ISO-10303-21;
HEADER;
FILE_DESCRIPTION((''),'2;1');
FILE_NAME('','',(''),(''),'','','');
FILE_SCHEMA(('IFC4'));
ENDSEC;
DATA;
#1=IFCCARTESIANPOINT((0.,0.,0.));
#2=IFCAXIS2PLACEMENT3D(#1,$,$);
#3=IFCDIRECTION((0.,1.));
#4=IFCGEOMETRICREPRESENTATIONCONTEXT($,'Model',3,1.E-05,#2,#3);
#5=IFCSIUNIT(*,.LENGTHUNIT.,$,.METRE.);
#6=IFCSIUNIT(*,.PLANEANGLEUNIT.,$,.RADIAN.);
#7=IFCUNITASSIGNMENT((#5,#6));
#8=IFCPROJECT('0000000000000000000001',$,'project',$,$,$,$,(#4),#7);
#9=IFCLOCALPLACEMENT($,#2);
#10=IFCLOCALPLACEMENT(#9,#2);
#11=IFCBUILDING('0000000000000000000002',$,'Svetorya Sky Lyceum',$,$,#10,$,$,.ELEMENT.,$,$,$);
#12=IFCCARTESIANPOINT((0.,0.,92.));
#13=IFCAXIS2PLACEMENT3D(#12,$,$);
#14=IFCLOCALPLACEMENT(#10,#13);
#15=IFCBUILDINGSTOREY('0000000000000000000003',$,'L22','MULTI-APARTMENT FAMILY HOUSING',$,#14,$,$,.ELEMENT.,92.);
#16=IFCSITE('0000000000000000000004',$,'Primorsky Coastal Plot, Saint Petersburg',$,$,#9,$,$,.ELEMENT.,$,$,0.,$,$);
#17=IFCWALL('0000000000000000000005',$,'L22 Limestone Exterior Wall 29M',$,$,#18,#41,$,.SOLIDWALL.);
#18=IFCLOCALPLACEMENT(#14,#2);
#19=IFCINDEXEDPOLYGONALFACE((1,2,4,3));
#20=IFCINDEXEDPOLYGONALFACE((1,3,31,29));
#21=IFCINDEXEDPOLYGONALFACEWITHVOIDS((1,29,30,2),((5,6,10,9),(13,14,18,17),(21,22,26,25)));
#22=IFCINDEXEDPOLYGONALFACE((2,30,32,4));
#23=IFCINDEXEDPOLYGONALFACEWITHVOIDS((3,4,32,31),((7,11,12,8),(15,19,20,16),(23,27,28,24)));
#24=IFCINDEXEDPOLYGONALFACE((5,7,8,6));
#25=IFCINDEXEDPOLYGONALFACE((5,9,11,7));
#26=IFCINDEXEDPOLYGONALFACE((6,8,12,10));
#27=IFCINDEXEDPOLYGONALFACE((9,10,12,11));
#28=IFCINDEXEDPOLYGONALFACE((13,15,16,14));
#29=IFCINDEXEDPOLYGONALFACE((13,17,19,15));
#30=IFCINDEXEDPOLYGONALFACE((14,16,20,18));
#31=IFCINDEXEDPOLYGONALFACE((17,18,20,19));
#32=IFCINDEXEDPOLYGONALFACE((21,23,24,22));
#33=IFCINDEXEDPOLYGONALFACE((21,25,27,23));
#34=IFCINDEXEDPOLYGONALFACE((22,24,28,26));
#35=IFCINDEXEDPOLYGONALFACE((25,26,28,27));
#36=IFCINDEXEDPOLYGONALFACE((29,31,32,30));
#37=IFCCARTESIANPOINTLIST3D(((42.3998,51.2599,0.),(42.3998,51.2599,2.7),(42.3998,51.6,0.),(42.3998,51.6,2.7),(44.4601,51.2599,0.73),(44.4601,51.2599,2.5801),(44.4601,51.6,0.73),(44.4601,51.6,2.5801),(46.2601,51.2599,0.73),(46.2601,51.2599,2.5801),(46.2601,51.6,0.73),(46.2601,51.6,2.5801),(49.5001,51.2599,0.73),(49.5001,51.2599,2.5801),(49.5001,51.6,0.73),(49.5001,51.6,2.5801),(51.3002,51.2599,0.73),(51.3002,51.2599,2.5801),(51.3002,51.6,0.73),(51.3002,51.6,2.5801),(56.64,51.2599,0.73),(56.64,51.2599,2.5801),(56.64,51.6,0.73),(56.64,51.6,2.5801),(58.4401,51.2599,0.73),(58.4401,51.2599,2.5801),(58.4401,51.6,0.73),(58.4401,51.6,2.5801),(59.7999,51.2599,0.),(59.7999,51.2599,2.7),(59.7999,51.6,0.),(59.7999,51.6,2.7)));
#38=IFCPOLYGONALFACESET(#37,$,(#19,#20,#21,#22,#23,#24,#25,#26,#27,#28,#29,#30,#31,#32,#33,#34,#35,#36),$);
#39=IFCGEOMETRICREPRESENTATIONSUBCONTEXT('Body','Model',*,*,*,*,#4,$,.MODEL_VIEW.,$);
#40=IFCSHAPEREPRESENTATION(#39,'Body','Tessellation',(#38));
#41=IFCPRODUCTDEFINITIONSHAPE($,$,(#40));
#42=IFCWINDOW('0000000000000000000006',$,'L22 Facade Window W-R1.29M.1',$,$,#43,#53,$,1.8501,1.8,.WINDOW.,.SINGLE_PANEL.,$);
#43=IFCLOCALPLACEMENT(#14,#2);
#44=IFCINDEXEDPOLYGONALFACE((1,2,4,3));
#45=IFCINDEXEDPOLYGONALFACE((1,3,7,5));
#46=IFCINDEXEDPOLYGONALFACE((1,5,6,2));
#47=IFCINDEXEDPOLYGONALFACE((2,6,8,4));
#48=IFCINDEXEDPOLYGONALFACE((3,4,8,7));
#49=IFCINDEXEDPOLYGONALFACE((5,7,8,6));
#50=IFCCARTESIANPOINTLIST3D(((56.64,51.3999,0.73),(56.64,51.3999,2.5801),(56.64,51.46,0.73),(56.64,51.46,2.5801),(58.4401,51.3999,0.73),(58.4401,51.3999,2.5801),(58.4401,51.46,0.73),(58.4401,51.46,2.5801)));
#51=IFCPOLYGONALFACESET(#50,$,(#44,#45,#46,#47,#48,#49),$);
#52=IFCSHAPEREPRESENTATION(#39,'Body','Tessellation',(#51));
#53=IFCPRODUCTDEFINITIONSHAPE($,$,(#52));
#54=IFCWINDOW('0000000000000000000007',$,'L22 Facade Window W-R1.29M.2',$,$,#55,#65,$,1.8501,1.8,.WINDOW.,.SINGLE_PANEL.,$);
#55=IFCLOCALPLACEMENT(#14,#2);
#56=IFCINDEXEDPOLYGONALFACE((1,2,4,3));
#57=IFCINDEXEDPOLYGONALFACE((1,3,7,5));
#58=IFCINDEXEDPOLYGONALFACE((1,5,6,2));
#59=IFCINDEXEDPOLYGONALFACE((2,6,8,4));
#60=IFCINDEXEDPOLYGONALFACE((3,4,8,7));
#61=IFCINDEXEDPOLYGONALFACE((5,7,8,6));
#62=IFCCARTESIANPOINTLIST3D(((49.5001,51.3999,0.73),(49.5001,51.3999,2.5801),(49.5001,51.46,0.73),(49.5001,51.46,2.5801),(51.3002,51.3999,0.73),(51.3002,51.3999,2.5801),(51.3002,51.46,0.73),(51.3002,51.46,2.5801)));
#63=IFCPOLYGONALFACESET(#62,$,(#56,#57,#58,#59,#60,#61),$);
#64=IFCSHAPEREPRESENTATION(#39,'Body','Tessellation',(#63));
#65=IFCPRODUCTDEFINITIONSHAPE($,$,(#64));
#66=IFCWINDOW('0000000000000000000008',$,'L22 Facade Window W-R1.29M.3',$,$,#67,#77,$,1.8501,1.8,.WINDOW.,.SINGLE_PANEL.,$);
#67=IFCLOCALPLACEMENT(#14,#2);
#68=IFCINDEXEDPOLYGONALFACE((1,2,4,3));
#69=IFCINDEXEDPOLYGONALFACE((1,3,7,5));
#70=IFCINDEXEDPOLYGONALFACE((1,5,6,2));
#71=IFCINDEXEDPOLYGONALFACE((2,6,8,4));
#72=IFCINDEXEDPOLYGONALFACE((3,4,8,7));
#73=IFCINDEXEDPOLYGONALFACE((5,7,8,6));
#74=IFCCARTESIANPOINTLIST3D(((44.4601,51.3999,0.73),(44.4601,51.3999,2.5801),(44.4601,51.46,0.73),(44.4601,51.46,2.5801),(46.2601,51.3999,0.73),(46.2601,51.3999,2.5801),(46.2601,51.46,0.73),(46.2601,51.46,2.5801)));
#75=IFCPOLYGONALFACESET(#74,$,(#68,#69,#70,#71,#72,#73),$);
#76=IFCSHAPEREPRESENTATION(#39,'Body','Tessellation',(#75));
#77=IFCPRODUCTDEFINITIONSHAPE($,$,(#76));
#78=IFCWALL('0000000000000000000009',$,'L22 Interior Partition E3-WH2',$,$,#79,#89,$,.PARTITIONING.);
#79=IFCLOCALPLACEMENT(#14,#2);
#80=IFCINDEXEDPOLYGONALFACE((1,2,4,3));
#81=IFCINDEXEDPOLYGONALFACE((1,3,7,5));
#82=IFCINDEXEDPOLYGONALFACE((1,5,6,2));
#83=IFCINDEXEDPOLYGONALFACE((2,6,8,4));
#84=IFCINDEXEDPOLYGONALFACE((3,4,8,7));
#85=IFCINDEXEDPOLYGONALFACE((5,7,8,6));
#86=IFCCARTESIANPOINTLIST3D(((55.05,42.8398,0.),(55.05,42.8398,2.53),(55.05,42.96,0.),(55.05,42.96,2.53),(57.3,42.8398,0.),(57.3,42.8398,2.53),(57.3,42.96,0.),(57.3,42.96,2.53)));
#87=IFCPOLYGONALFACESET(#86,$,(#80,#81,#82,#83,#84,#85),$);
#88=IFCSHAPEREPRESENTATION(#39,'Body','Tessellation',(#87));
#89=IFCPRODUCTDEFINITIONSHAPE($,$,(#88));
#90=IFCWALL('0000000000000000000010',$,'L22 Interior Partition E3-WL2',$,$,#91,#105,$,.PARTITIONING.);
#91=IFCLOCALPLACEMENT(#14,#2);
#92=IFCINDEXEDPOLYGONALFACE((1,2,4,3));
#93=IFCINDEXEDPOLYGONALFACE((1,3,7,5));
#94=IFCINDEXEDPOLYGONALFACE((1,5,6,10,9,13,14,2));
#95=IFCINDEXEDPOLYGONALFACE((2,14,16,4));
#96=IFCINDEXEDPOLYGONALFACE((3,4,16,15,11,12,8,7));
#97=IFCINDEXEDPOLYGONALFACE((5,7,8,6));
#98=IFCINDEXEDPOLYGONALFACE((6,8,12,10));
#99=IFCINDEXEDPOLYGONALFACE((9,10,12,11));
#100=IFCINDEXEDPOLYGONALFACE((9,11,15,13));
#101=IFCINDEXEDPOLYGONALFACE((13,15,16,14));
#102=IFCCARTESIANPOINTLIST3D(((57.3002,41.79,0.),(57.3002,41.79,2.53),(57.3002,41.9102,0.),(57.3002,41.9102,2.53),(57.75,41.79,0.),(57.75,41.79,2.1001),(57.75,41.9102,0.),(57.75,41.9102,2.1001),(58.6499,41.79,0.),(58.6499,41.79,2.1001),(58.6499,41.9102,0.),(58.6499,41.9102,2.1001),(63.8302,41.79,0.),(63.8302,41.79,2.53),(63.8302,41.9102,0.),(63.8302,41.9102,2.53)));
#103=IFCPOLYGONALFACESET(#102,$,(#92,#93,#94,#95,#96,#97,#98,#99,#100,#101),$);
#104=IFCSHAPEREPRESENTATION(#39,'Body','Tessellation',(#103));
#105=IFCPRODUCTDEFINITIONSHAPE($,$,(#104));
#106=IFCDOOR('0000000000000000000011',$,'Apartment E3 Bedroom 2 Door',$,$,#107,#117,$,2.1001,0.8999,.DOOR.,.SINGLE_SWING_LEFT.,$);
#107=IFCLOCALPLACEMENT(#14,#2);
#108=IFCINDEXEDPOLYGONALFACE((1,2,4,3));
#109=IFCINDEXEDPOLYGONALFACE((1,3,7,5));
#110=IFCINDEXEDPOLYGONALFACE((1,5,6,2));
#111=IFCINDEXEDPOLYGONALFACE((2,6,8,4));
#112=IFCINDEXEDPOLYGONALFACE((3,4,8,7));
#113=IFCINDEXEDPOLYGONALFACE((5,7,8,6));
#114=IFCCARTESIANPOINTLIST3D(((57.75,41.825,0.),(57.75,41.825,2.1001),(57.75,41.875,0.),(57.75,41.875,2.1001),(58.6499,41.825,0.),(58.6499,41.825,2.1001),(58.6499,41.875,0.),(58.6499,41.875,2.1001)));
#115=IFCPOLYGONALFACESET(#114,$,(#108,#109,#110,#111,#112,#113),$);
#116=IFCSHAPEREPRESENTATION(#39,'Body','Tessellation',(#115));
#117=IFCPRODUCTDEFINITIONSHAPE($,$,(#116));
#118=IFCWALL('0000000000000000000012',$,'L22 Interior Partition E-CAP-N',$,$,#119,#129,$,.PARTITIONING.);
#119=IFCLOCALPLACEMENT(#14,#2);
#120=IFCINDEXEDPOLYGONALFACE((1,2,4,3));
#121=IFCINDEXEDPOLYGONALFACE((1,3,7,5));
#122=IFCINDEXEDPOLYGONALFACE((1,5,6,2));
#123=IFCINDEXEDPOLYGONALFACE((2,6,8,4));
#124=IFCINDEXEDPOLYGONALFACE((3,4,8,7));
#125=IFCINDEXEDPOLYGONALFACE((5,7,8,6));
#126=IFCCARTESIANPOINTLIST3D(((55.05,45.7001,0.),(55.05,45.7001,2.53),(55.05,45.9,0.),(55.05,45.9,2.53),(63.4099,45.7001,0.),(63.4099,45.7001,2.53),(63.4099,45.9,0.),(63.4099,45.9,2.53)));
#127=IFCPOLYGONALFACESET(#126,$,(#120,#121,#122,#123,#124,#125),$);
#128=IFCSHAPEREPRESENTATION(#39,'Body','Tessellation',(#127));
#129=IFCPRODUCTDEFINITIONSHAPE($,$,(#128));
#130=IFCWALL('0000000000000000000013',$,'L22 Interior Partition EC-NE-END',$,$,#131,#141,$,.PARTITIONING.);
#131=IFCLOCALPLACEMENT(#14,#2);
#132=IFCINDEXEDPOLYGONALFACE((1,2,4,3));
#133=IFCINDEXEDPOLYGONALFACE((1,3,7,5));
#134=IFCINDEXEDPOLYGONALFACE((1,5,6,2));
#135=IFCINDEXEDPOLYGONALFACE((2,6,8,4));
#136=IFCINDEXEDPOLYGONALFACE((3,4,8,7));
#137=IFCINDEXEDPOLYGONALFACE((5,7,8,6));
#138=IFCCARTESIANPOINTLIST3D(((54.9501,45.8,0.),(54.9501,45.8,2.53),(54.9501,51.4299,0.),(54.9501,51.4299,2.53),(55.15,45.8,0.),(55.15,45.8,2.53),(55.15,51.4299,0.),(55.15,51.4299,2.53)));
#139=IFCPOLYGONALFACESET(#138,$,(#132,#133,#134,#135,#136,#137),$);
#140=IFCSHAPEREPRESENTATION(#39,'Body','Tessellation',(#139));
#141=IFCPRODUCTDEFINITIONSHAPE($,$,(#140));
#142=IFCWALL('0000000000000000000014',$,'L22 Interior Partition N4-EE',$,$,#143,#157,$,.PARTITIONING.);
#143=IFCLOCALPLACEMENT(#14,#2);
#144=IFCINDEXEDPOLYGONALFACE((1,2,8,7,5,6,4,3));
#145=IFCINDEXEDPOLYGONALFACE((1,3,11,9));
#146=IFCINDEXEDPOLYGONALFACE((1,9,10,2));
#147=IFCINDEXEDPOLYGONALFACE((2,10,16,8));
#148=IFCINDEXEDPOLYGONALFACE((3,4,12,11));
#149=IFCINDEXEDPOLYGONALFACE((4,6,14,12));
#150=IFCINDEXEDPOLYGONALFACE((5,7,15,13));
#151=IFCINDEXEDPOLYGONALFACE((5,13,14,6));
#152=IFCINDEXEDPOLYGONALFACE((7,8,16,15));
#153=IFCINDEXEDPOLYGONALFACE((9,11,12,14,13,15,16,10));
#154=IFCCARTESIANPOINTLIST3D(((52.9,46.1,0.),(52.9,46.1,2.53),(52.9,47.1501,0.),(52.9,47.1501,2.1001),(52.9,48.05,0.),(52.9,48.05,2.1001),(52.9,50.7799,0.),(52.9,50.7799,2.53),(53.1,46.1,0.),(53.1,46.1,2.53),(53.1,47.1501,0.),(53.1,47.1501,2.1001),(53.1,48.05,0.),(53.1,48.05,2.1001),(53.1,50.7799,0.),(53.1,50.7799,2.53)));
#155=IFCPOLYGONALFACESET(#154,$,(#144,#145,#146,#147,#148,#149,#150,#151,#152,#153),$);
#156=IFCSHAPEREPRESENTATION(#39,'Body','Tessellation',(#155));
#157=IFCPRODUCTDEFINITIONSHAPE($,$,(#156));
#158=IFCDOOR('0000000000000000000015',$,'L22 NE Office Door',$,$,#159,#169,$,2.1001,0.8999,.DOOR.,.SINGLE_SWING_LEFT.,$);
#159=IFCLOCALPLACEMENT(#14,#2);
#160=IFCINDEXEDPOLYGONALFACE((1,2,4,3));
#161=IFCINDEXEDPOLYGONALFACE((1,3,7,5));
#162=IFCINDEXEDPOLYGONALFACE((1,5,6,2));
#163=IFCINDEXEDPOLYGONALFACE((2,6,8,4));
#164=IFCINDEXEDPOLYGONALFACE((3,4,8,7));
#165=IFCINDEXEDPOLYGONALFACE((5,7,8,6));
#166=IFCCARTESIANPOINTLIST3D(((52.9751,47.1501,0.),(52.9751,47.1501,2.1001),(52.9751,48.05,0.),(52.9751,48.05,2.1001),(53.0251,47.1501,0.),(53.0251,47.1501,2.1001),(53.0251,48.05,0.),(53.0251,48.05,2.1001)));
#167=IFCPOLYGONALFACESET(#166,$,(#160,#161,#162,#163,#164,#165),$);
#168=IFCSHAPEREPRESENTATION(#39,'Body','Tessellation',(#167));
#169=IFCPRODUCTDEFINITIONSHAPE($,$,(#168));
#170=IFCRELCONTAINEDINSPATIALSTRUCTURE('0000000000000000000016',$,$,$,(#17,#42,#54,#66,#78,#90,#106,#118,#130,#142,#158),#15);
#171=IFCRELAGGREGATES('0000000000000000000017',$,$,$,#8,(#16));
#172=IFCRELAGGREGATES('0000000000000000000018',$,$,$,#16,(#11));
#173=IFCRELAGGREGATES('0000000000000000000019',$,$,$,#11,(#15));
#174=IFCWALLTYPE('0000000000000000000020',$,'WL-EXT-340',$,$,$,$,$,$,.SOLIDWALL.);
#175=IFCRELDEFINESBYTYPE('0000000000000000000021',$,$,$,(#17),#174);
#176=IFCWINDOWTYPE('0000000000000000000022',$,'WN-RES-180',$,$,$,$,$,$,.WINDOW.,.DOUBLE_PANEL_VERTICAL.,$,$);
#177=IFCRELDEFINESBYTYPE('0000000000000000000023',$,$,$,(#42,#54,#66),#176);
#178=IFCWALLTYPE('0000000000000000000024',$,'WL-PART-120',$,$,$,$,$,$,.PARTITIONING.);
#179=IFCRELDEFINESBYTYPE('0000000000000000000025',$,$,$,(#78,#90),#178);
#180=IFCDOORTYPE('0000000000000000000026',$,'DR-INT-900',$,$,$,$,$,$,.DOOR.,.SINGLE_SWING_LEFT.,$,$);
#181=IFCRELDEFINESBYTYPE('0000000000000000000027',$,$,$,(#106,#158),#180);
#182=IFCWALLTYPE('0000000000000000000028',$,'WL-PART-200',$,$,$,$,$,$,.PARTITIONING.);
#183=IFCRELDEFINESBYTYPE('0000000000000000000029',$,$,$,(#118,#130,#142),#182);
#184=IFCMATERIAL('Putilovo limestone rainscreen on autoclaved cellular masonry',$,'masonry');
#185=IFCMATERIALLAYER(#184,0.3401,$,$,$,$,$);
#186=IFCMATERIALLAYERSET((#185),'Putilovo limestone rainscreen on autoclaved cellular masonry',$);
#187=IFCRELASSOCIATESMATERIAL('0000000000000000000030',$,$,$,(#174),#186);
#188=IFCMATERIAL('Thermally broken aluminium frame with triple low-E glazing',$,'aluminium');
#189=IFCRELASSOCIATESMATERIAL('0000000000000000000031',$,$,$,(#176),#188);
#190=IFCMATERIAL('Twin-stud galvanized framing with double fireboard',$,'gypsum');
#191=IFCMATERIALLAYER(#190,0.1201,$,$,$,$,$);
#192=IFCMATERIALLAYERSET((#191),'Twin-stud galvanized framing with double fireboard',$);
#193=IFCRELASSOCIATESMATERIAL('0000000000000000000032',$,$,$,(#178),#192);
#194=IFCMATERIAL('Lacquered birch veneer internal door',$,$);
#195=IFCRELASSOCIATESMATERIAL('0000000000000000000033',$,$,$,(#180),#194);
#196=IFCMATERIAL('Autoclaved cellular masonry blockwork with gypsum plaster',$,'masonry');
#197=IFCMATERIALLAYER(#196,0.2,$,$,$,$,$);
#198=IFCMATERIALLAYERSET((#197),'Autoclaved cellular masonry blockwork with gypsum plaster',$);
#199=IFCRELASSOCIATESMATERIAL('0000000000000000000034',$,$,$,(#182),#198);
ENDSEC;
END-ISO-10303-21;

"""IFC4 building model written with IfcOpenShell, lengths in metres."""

from ifc_helpers import new_model, si_unit, direction, frame, frame_2d, origin, place, context, subcontext, project, spatial, rectangle, extrude, material, layer, layer_set, type_object, element, fill, save


model = new_model("IFC4")

# Units and contexts
model_context = context("Model", 3, precision=1e-05, world=origin(), true_north=direction((0.0, 1.0)))
body_context = subcontext(model_context, "Body", "Model", "MODEL_VIEW")
ifc_project = project(units=[si_unit("LENGTHUNIT", "METRE"), si_unit("PLANEANGLEUNIT", "RADIAN")], contexts=[model_context])

# Site, building, storey
site_placement = place(None, origin())
site = spatial("IfcSite", under=ifc_project, at=site_placement, Name="Primorsky Coastal Plot, Saint Petersburg", CompositionType="ELEMENT", RefElevation=0.0)
building_placement = place(site_placement, origin())
building = spatial("IfcBuilding", under=site, at=building_placement, Name="Svetorya Sky Lyceum", CompositionType="ELEMENT")
storey_placement = place(building_placement, frame((0.0, 0.0, 92.0)))
storey = spatial("IfcBuildingStorey", under=building, at=storey_placement, Name="L22", Description="MULTI-APARTMENT FAMILY HOUSING", CompositionType="ELEMENT", Elevation=92.0)

# Shared definitions
ifc_material_1 = material(Name="Putilovo limestone rainscreen on autoclaved cellular masonry", Category="masonry")
ifc_layer_1 = layer(ifc_material_1, 0.3401)
ifc_layer_set_1 = layer_set([ifc_layer_1], Name="Putilovo limestone rainscreen on autoclaved cellular masonry")
wall_type_1 = type_object("IfcWallType", Name="WL-EXT-340", PredefinedType="SOLIDWALL", material=ifc_layer_set_1)

# Wall, openings, windows
wall_1_placement = place(storey_placement, frame((59.8, 51.4299, 0.0), z_axis=(0.0, 0.0, 1.0), x_axis=(-1.0, 0.0, 0.0)))
wall_1 = element("IfcWall", 1, at=wall_1_placement, inside=storey, type_object=wall_type_1, Name="L22 Limestone Exterior Wall 29M", PredefinedType="SOLIDWALL", context=body_context, shape_type="SweptSolid", body=[
    extrude(rectangle(XDim=17.4001, YDim=0.3401, at=frame_2d((8.7002, 0.0))), origin(), (0.0, 0.0, 1.0), 2.7),
])
opening_1_placement = place(wall_1_placement, frame((1.3601, 0.0, 0.73)))
opening_1 = element("IfcOpeningElement", 2, at=opening_1_placement, cuts=wall_1, PredefinedType="OPENING", context=body_context, shape_type="SweptSolid", body=[
    extrude(rectangle(XDim=1.8, YDim=1.8501, at=frame_2d((0.8999, 0.925))), frame((0.0, 0.1799, 0.0), z_axis=(0.0, -1.0, 0.0), x_axis=(1.0, 0.0, 0.0)), (0.0, 0.0, 1.0), 0.3601),
])
opening_2_placement = place(wall_1_placement, frame((8.5, 0.0, 0.73)))
opening_2 = element("IfcOpeningElement", 3, at=opening_2_placement, cuts=wall_1, PredefinedType="OPENING", context=body_context, shape_type="SweptSolid", body=[
    extrude(rectangle(XDim=1.8, YDim=1.8501, at=frame_2d((0.8999, 0.925))), frame((0.0, 0.1799, 0.0), z_axis=(0.0, -1.0, 0.0), x_axis=(1.0, 0.0, 0.0)), (0.0, 0.0, 1.0), 0.3601),
])
opening_3_placement = place(wall_1_placement, frame((13.54, 0.0, 0.73)))
opening_3 = element("IfcOpeningElement", 4, at=opening_3_placement, cuts=wall_1, PredefinedType="OPENING", context=body_context, shape_type="SweptSolid", body=[
    extrude(rectangle(XDim=1.8, YDim=1.8501, at=frame_2d((0.8999, 0.925))), frame((0.0, 0.1799, 0.0), z_axis=(0.0, -1.0, 0.0), x_axis=(1.0, 0.0, 0.0)), (0.0, 0.0, 1.0), 0.3601),
])
ifc_material_2 = material(Name="Thermally broken aluminium frame with triple low-E glazing", Category="aluminium")
window_type = type_object("IfcWindowType", Name="WN-RES-180", PartitioningType="DOUBLE_PANEL_VERTICAL", PredefinedType="WINDOW", material=ifc_material_2)
window_1_placement = place(opening_1_placement, origin())
window_1 = element("IfcWindow", 5, at=window_1_placement, inside=storey, type_object=window_type, Name="L22 Facade Window W-R1.29M.1", OverallHeight=1.8501, OverallWidth=1.8, PartitioningType="SINGLE_PANEL", PredefinedType="WINDOW", context=body_context, shape_type="SweptSolid", body=[
    extrude(rectangle(XDim=1.8, YDim=1.8501, at=frame_2d((0.8999, 0.925))), frame((0.0, 0.03, 0.0), z_axis=(0.0, -1.0, 0.0), x_axis=(1.0, 0.0, 0.0)), (0.0, 0.0, 1.0), 0.0601),
])
fill(opening_1, window_1)
window_2_placement = place(opening_2_placement, origin())
window_2 = element("IfcWindow", 6, at=window_2_placement, inside=storey, type_object=window_type, Name="L22 Facade Window W-R1.29M.2", OverallHeight=1.8501, OverallWidth=1.8, PartitioningType="SINGLE_PANEL", PredefinedType="WINDOW", context=body_context, shape_type="SweptSolid", body=[
    extrude(rectangle(XDim=1.8, YDim=1.8501, at=frame_2d((0.8999, 0.925))), frame((0.0, 0.03, 0.0), z_axis=(0.0, -1.0, 0.0), x_axis=(1.0, 0.0, 0.0)), (0.0, 0.0, 1.0), 0.0601),
])
fill(opening_2, window_2)
window_3_placement = place(opening_3_placement, origin())
window_3 = element("IfcWindow", 7, at=window_3_placement, inside=storey, type_object=window_type, Name="L22 Facade Window W-R1.29M.3", OverallHeight=1.8501, OverallWidth=1.8, PartitioningType="SINGLE_PANEL", PredefinedType="WINDOW", context=body_context, shape_type="SweptSolid", body=[
    extrude(rectangle(XDim=1.8, YDim=1.8501, at=frame_2d((0.8999, 0.925))), frame((0.0, 0.03, 0.0), z_axis=(0.0, -1.0, 0.0), x_axis=(1.0, 0.0, 0.0)), (0.0, 0.0, 1.0), 0.0601),
])
fill(opening_3, window_3)

# Wall
ifc_material_3 = material(Name="Twin-stud galvanized framing with double fireboard", Category="gypsum")
ifc_layer_2 = layer(ifc_material_3, 0.1201)
ifc_layer_set_2 = layer_set([ifc_layer_2], Name="Twin-stud galvanized framing with double fireboard")
wall_type_2 = type_object("IfcWallType", Name="WL-PART-120", PredefinedType="PARTITIONING", material=ifc_layer_set_2)
wall_2_placement = place(storey_placement, frame((55.05, 42.8999, 0.0), z_axis=(0.0, 0.0, 1.0), x_axis=(1.0, 0.0, 0.0)))
element("IfcWall", 8, at=wall_2_placement, inside=storey, type_object=wall_type_2, Name="L22 Interior Partition E3-WH2", PredefinedType="PARTITIONING", context=body_context, shape_type="SweptSolid", body=[
    extrude(rectangle(XDim=2.25, YDim=0.1201, at=frame_2d((1.125, 0.0))), origin(), (0.0, 0.0, 1.0), 2.53),
])

# Wall, opening, door
wall_3_placement = place(storey_placement, frame((57.3, 41.8501, 0.0), z_axis=(0.0, 0.0, 1.0), x_axis=(1.0, 0.0, 0.0)))
wall_3 = element("IfcWall", 9, at=wall_3_placement, inside=storey, type_object=wall_type_2, Name="L22 Interior Partition E3-WL2", PredefinedType="PARTITIONING", context=body_context, shape_type="SweptSolid", body=[
    extrude(rectangle(XDim=6.53, YDim=0.1201, at=frame_2d((3.2651, 0.0))), origin(), (0.0, 0.0, 1.0), 2.53),
])
opening_4_placement = place(wall_3_placement, frame((0.45, 0.0, 0.0)))
opening_4 = element("IfcOpeningElement", 10, at=opening_4_placement, cuts=wall_3, PredefinedType="OPENING", context=body_context, shape_type="SweptSolid", body=[
    extrude(rectangle(XDim=0.8999, YDim=2.1001, at=frame_2d((0.45, 1.05))), frame((0.0, 0.0701, 0.0), z_axis=(0.0, -1.0, 0.0), x_axis=(1.0, 0.0, 0.0)), (0.0, 0.0, 1.0), 0.1401),
])
ifc_material_4 = material(Name="Lacquered birch veneer internal door")
door_type = type_object("IfcDoorType", Name="DR-INT-900", OperationType="SINGLE_SWING_LEFT", PredefinedType="DOOR", material=ifc_material_4)
door_1_placement = place(opening_4_placement, origin())
door_1 = element("IfcDoor", 11, at=door_1_placement, inside=storey, type_object=door_type, Name="Apartment E3 Bedroom 2 Door", OperationType="SINGLE_SWING_LEFT", OverallHeight=2.1001, OverallWidth=0.8999, PredefinedType="DOOR", context=body_context, shape_type="SweptSolid", body=[
    extrude(rectangle(XDim=0.8999, YDim=2.1001, at=frame_2d((0.45, 1.05))), frame((0.0, 0.0249, 0.0), z_axis=(0.0, -1.0, 0.0), x_axis=(1.0, 0.0, 0.0)), (0.0, 0.0, 1.0), 0.05),
])
fill(opening_4, door_1)

# Walls
ifc_material_5 = material(Name="Autoclaved cellular masonry blockwork with gypsum plaster", Category="masonry")
ifc_layer_3 = layer(ifc_material_5, 0.2)
ifc_layer_set_3 = layer_set([ifc_layer_3], Name="Autoclaved cellular masonry blockwork with gypsum plaster")
wall_type_3 = type_object("IfcWallType", Name="WL-PART-200", PredefinedType="PARTITIONING", material=ifc_layer_set_3)
wall_4_placement = place(storey_placement, frame((55.05, 45.8, 0.0), z_axis=(0.0, 0.0, 1.0), x_axis=(1.0, 0.0, 0.0)))
element("IfcWall", 12, at=wall_4_placement, inside=storey, type_object=wall_type_3, Name="L22 Interior Partition E-CAP-N", PredefinedType="PARTITIONING", context=body_context, shape_type="SweptSolid", body=[
    extrude(rectangle(XDim=8.3599, YDim=0.2, at=frame_2d((4.1799, 0.0))), origin(), (0.0, 0.0, 1.0), 2.53),
])
wall_5_placement = place(storey_placement, frame((55.05, 45.8, 0.0), z_axis=(0.0, 0.0, 1.0), x_axis=(0.0, 1.0, 0.0)))
element("IfcWall", 13, at=wall_5_placement, inside=storey, type_object=wall_type_3, Name="L22 Interior Partition EC-NE-END", PredefinedType="PARTITIONING", context=body_context, shape_type="SweptSolid", body=[
    extrude(rectangle(XDim=5.6299, YDim=0.2, at=frame_2d((2.8149, 0.0))), origin(), (0.0, 0.0, 1.0), 2.53),
])

# Wall, opening, door
wall_6_placement = place(storey_placement, frame((53.0, 46.1001, 0.0), z_axis=(0.0, 0.0, 1.0), x_axis=(0.0, 1.0, 0.0)))
wall_6 = element("IfcWall", 14, at=wall_6_placement, inside=storey, type_object=wall_type_3, Name="L22 Interior Partition N4-EE", PredefinedType="PARTITIONING", context=body_context, shape_type="SweptSolid", body=[
    extrude(rectangle(XDim=4.6799, YDim=0.2, at=frame_2d((2.3398, 0.0))), origin(), (0.0, 0.0, 1.0), 2.53),
])
opening_5_placement = place(wall_6_placement, frame((1.05, 0.0, 0.0)))
opening_5 = element("IfcOpeningElement", 15, at=opening_5_placement, cuts=wall_6, PredefinedType="OPENING", context=body_context, shape_type="SweptSolid", body=[
    extrude(rectangle(XDim=0.8999, YDim=2.1001, at=frame_2d((0.45, 1.05))), frame((0.0, 0.1099, 0.0), z_axis=(0.0, -1.0, 0.0), x_axis=(1.0, 0.0, 0.0)), (0.0, 0.0, 1.0), 0.22),
])
door_2_placement = place(opening_5_placement, origin())
door_2 = element("IfcDoor", 16, at=door_2_placement, inside=storey, type_object=door_type, Name="L22 NE Office Door", OperationType="SINGLE_SWING_LEFT", OverallHeight=2.1001, OverallWidth=0.8999, PredefinedType="DOOR", context=body_context, shape_type="SweptSolid", body=[
    extrude(rectangle(XDim=0.8999, YDim=2.1001, at=frame_2d((0.45, 1.05))), frame((0.0, 0.0249, 0.0), z_axis=(0.0, -1.0, 0.0), x_axis=(1.0, 0.0, 0.0)), (0.0, 0.0, 1.0), 0.05),
])
fill(opening_5, door_2)

save(model, "model.ifc")
